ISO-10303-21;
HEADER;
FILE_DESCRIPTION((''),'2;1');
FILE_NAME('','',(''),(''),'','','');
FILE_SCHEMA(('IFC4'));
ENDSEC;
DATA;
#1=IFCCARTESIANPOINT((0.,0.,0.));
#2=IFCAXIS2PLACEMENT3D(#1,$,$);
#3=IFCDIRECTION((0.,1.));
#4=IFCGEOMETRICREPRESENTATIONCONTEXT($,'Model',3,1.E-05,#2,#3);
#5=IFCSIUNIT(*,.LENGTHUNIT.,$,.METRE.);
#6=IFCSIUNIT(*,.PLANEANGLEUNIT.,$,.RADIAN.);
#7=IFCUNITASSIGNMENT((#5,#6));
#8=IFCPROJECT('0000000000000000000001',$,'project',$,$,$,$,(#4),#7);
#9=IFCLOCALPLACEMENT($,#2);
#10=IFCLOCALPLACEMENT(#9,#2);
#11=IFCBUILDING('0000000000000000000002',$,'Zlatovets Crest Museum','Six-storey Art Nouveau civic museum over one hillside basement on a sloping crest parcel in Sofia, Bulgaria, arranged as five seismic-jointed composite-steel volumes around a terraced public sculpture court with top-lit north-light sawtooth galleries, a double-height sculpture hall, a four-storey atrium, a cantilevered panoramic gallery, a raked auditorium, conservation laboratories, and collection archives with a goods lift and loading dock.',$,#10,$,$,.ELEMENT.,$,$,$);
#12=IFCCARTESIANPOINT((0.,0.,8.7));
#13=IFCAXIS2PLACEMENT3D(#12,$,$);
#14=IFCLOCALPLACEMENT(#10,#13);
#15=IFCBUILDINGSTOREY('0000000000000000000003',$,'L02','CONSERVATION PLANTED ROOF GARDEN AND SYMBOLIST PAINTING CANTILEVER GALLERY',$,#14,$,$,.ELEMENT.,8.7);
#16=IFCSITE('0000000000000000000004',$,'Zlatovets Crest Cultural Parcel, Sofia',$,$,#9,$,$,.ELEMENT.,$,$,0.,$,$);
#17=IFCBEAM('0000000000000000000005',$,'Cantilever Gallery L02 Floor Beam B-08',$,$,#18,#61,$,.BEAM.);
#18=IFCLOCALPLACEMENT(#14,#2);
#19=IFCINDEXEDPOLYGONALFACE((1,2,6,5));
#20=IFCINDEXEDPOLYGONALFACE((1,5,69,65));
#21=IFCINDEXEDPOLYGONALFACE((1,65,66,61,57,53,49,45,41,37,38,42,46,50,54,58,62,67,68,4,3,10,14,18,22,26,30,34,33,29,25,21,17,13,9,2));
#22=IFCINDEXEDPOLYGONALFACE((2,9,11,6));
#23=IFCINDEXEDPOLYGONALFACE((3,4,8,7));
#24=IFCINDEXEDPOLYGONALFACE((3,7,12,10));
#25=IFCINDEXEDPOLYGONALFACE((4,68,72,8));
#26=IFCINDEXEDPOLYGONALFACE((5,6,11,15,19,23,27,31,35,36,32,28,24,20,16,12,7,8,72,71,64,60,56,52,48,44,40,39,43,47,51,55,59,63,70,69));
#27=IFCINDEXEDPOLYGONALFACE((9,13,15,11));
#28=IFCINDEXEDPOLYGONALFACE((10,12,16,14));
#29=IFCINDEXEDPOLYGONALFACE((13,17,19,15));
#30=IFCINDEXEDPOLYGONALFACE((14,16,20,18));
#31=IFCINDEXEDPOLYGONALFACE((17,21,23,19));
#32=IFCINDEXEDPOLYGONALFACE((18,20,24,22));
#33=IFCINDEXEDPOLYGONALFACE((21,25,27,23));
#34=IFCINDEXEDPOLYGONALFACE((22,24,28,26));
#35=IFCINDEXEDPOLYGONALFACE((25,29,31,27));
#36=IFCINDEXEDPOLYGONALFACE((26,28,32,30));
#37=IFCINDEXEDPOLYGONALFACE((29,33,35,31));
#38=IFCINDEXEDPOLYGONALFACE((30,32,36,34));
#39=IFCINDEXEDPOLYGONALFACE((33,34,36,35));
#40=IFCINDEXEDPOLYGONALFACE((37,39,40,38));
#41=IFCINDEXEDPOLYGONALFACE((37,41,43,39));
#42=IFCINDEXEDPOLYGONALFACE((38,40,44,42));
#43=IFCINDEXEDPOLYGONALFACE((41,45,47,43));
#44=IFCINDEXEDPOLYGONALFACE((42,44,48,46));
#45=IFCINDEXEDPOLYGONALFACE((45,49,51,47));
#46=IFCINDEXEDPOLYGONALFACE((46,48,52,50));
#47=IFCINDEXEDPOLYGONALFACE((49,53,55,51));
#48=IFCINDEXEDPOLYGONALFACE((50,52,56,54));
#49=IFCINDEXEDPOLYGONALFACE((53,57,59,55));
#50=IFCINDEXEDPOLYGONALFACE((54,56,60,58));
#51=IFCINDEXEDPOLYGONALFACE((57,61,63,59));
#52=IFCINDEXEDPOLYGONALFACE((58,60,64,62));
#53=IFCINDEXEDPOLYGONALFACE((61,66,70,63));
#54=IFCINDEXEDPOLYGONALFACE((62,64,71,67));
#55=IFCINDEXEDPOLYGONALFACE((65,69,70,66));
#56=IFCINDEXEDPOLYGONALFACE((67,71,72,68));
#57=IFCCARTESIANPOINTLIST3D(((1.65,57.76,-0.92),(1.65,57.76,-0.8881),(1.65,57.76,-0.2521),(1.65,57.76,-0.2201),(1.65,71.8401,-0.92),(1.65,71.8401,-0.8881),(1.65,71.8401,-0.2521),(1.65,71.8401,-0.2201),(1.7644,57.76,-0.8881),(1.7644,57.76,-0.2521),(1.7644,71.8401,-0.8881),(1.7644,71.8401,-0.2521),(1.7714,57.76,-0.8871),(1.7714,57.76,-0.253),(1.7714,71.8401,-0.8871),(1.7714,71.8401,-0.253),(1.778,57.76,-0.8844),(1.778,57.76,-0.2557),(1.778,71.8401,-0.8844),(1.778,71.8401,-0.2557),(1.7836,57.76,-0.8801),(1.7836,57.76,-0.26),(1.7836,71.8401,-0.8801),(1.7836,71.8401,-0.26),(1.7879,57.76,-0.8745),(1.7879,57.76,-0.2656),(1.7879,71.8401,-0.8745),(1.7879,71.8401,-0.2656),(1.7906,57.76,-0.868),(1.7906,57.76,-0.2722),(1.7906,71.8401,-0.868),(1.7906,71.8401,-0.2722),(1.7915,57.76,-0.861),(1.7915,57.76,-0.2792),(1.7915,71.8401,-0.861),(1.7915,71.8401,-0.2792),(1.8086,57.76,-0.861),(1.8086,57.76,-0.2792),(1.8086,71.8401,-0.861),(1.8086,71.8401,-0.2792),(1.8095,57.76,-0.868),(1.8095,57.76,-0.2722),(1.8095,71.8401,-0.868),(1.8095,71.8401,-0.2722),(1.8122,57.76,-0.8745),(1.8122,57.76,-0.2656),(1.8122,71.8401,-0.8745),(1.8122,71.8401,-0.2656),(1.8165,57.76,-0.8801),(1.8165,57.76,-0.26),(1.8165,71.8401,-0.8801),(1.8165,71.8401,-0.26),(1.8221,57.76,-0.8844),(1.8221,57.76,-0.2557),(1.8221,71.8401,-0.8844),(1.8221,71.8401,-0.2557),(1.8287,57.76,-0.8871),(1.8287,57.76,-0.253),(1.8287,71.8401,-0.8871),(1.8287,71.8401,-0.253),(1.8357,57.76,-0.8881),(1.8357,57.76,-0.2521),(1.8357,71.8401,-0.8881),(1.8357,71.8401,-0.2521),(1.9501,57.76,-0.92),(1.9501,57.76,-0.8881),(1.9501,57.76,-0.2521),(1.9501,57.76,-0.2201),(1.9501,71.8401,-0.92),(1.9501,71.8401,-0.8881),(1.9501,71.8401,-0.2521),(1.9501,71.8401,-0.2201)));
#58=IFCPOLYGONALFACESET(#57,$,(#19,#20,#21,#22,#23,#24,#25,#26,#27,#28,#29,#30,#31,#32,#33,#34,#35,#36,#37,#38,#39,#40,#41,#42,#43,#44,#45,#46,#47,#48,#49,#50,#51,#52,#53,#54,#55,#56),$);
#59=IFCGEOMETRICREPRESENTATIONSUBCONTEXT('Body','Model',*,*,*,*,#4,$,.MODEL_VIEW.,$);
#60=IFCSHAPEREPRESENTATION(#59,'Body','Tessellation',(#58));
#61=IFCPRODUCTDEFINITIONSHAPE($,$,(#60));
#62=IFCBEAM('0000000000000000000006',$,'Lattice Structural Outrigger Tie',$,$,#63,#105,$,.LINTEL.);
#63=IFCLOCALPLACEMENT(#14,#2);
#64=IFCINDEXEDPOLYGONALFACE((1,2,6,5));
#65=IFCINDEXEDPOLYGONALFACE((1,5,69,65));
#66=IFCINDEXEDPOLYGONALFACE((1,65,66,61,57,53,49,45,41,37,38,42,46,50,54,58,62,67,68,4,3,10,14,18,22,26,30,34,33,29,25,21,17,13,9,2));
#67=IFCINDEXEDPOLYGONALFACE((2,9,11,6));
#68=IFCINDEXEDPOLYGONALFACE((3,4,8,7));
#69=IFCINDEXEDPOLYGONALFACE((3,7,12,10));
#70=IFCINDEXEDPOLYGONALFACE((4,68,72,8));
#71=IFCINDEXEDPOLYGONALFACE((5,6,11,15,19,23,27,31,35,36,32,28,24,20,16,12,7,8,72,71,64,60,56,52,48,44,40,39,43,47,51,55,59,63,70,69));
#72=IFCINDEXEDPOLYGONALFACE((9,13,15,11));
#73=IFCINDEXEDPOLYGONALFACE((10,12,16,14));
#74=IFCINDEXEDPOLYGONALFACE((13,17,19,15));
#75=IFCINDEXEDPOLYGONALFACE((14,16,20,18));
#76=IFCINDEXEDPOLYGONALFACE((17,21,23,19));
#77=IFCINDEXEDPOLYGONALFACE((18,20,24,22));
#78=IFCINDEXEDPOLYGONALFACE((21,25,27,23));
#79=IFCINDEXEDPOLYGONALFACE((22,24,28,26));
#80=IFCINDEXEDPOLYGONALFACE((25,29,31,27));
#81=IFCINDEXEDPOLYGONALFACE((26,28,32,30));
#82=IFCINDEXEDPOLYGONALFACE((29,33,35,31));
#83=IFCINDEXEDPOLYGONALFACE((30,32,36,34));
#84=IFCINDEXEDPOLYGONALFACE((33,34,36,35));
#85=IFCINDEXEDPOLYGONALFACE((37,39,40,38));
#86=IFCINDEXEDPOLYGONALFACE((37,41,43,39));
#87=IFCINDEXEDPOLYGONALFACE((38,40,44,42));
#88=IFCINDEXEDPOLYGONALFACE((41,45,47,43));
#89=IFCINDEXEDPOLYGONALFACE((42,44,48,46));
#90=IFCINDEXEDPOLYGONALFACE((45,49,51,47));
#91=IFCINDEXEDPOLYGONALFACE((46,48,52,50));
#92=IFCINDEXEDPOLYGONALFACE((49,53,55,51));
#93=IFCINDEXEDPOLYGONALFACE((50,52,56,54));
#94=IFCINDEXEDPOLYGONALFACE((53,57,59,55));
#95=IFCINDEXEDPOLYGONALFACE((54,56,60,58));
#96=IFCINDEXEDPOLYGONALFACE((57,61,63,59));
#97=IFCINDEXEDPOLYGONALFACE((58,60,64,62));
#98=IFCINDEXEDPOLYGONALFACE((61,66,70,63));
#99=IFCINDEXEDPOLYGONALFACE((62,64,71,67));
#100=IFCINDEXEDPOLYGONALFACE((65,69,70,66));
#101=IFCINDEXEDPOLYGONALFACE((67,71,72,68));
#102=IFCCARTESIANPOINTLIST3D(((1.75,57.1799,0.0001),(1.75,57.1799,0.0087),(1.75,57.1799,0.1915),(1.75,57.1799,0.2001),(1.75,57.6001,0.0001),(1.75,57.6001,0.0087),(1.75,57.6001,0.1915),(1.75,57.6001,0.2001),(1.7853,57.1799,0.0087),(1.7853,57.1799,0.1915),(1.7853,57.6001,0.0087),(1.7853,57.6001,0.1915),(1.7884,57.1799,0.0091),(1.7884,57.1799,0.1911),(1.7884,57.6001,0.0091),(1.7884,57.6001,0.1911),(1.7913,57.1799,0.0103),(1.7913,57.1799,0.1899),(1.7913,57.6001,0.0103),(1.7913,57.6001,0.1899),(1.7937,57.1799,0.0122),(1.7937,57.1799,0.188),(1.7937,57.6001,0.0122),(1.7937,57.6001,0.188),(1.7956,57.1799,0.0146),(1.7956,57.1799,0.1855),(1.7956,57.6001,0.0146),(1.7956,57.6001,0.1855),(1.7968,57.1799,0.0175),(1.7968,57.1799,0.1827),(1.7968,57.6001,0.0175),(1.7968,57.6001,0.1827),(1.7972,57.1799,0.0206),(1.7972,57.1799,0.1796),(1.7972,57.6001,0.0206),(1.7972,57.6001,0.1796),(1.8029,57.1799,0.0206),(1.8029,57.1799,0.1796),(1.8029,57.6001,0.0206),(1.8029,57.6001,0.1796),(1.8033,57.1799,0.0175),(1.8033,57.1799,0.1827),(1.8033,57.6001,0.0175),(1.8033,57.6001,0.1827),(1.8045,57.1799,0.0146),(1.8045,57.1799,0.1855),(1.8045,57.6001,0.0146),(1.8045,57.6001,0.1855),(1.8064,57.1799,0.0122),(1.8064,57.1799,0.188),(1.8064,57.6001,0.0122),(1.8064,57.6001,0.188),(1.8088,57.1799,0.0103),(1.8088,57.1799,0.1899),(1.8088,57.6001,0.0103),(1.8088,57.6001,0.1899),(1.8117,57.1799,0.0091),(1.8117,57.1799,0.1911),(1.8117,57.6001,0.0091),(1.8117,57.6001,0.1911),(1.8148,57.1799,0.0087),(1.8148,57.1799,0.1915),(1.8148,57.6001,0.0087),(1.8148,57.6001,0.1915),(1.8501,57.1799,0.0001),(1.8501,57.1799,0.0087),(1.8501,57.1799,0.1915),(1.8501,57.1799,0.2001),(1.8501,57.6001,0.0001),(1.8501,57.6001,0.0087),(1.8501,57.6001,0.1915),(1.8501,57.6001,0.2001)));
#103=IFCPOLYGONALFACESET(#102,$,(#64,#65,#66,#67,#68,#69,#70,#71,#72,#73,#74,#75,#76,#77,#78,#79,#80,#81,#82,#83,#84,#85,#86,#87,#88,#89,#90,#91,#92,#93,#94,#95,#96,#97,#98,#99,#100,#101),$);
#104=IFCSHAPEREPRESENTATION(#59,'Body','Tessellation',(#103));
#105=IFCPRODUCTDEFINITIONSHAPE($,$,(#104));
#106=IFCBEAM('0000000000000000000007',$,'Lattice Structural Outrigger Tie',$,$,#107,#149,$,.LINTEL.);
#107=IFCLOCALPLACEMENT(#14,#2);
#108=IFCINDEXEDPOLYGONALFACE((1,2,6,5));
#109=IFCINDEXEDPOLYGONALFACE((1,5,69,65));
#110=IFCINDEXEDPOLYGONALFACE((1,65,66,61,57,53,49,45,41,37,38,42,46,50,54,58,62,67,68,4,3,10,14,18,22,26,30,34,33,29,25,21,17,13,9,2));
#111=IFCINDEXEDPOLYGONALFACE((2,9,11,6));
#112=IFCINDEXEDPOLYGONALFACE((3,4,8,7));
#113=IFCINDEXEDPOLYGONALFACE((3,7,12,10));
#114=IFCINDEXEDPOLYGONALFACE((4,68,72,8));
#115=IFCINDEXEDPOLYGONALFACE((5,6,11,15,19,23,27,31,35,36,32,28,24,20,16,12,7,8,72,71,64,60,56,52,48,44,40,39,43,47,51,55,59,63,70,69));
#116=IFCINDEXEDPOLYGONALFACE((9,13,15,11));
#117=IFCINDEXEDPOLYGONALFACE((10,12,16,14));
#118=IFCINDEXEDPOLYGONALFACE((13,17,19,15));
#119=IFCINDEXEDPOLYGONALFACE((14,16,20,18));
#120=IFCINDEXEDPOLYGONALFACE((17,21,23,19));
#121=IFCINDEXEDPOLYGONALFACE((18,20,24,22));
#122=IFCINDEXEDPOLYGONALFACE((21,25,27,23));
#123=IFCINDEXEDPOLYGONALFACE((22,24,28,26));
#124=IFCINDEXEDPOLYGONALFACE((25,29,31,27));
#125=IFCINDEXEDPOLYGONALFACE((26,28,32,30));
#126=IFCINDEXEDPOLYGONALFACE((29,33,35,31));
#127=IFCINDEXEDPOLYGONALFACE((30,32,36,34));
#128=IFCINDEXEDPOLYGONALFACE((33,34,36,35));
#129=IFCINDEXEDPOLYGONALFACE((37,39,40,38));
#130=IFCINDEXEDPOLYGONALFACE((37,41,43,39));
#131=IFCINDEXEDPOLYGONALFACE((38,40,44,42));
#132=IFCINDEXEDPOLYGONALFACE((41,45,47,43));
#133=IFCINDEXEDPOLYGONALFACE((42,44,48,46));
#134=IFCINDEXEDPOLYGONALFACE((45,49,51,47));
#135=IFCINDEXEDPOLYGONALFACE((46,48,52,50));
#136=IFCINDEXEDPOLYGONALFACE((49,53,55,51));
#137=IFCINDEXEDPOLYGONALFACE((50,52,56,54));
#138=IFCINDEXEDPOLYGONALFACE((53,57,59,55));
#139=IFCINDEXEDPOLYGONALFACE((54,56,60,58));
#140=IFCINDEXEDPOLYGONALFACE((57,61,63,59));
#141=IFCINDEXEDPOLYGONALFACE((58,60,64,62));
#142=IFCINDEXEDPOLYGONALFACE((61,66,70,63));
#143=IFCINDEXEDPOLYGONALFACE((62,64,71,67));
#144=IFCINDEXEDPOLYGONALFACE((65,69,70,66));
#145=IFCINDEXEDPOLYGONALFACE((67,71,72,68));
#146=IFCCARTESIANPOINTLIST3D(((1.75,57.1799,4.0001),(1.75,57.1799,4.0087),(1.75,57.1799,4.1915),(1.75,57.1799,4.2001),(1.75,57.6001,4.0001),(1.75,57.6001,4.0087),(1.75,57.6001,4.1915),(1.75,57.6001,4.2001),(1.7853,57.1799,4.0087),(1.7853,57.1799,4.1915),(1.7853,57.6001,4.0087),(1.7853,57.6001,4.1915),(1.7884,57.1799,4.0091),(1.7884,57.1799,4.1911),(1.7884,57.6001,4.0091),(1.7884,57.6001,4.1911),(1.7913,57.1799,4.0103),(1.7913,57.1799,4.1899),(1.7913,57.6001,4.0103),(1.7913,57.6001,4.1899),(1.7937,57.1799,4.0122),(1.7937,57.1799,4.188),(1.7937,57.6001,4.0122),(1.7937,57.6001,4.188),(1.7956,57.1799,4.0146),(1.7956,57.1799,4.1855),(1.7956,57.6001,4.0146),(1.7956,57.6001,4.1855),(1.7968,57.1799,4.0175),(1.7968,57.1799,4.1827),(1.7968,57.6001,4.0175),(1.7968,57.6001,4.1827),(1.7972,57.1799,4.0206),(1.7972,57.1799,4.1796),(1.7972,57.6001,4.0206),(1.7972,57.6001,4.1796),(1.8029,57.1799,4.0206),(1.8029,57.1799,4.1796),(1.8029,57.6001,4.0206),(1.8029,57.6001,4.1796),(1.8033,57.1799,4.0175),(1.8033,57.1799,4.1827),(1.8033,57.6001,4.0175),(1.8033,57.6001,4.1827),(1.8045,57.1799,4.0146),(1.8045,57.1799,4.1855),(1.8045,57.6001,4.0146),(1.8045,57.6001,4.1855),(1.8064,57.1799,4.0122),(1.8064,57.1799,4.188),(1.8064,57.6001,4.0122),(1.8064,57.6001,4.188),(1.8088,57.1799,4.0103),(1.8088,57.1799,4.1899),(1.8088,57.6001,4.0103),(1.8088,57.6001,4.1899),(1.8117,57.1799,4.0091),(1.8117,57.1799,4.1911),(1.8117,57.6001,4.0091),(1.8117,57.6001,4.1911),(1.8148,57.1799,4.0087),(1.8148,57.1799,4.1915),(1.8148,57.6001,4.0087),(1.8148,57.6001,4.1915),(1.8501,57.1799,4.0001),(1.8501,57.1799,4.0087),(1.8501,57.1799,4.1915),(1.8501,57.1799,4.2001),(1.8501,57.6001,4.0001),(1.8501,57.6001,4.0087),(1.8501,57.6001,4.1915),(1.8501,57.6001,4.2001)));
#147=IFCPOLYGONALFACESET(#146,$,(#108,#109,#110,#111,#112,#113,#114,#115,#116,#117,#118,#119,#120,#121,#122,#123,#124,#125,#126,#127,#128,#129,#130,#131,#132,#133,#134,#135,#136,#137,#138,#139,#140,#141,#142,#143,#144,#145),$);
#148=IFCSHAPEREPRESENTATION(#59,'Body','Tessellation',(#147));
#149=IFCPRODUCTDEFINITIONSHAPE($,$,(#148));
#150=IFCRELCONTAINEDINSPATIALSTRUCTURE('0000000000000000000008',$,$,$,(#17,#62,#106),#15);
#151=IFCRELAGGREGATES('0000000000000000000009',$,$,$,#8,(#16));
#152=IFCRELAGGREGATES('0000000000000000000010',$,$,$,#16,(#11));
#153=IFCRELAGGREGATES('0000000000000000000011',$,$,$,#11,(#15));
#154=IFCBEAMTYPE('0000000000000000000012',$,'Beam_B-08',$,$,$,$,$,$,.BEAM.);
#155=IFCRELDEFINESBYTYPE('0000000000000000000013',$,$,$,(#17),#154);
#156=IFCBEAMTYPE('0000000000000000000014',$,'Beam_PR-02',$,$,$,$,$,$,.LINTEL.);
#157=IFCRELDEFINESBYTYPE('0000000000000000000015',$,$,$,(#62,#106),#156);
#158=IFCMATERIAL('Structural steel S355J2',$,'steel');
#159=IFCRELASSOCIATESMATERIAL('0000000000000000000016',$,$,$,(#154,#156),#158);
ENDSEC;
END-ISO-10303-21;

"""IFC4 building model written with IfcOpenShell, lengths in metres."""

from ifc_helpers import new_model, si_unit, direction, frame, origin, origin_2d, place, context, subcontext, project, spatial, i_section, extrude, material, material_profile, profile_set, type_object, element, save


model = new_model("IFC4")

# Units and contexts
model_context = context("Model", 3, precision=1e-05, world=origin(), true_north=direction((0.0, 1.0)))
body_context = subcontext(model_context, "Body", "Model", "MODEL_VIEW")
ifc_project = project(units=[si_unit("LENGTHUNIT", "METRE"), si_unit("PLANEANGLEUNIT", "RADIAN")], contexts=[model_context])

# Site, building, storey
site_placement = place(None, origin())
site = spatial("IfcSite", under=ifc_project, at=site_placement, Name="Zlatovets Crest Cultural Parcel, Sofia", CompositionType="ELEMENT", RefElevation=0.0)
building_placement = place(site_placement, origin())
building = spatial("IfcBuilding", under=site, at=building_placement, Name="Zlatovets Crest Museum", Description="Six-storey Art Nouveau civic museum over one hillside basement on a sloping crest parcel in Sofia, Bulgaria, arranged as five seismic-jointed composite-steel volumes around a terraced public sculpture court with top-lit north-light sawtooth galleries, a double-height sculpture hall, a four-storey atrium, a cantilevered panoramic gallery, a raked auditorium, conservation laboratories, and collection archives with a goods lift and loading dock.", CompositionType="ELEMENT")
storey_placement = place(building_placement, frame((0.0, 0.0, 8.7)))
storey = spatial("IfcBuildingStorey", under=building, at=storey_placement, Name="L02", Description="CONSERVATION PLANTED ROOF GARDEN AND SYMBOLIST PAINTING CANTILEVER GALLERY", CompositionType="ELEMENT", Elevation=8.7)

# Beams
ifc_material_1 = material(Name="Structural steel S355J2", Category="steel")
ifc_material_profile_1 = material_profile(ifc_material_1, i_section(OverallWidth=0.3, OverallDepth=0.7, WebThickness=0.0171, FlangeThickness=0.032, FilletRadius=0.0271, at=origin_2d()), Name="HEB 700")
ifc_profile_set_1 = profile_set([ifc_material_profile_1], Name="Structural steel S355J2")
beam_type_1 = type_object("IfcBeamType", Name="Beam_B-08", PredefinedType="BEAM", material=ifc_profile_set_1)
beam_placement = place(storey_placement, frame((1.8, 57.76, -0.5701), z_axis=(0.0, 1.0, 0.0), x_axis=(-1.0, 0.0, 0.0)))
element("IfcBeam", 1, at=beam_placement, inside=storey, type_object=beam_type_1, Name="Cantilever Gallery L02 Floor Beam B-08", PredefinedType="BEAM", context=body_context, shape_type="SweptSolid", body=[
    extrude(i_section(OverallWidth=0.3, OverallDepth=0.7, WebThickness=0.0171, FlangeThickness=0.032, FilletRadius=0.0271, at=origin_2d()), origin(), (0.0, 0.0, 1.0), 14.0801),
])
ifc_material_profile_2 = material_profile(ifc_material_1, i_section(OverallWidth=0.1001, OverallDepth=0.2, WebThickness=0.0056, FlangeThickness=0.0085, FilletRadius=0.012, at=origin_2d()), Name="IPE 200")
ifc_profile_set_2 = profile_set([ifc_material_profile_2], Name="Structural steel S355J2")
beam_type_2 = type_object("IfcBeamType", Name="Beam_PR-02", PredefinedType="LINTEL", material=ifc_profile_set_2)
for number, where, z_axis, x_axis, name in (
    (2, (1.8, 57.6001, 0.1001), (0.0, -1.0, 0.0), (1.0, 0.0, 0.0), "Lattice Structural Outrigger Tie"),
    (3, (1.8, 57.6001, 4.1001), (0.0, -1.0, 0.0), (1.0, 0.0, 0.0), "Lattice Structural Outrigger Tie"),
):
    element("IfcBeam", number, at=place(storey_placement, frame(where, z_axis=z_axis, x_axis=x_axis)), inside=storey, type_object=beam_type_2, Name=name, PredefinedType="LINTEL", context=body_context, shape_type="SweptSolid", body=[
        extrude(i_section(OverallWidth=0.1001, OverallDepth=0.2, WebThickness=0.0056, FlangeThickness=0.0085, FilletRadius=0.012, at=origin_2d()), origin(), (0.0, 0.0, 1.0), 0.4202),
    ])

save(model, "model.ifc")
